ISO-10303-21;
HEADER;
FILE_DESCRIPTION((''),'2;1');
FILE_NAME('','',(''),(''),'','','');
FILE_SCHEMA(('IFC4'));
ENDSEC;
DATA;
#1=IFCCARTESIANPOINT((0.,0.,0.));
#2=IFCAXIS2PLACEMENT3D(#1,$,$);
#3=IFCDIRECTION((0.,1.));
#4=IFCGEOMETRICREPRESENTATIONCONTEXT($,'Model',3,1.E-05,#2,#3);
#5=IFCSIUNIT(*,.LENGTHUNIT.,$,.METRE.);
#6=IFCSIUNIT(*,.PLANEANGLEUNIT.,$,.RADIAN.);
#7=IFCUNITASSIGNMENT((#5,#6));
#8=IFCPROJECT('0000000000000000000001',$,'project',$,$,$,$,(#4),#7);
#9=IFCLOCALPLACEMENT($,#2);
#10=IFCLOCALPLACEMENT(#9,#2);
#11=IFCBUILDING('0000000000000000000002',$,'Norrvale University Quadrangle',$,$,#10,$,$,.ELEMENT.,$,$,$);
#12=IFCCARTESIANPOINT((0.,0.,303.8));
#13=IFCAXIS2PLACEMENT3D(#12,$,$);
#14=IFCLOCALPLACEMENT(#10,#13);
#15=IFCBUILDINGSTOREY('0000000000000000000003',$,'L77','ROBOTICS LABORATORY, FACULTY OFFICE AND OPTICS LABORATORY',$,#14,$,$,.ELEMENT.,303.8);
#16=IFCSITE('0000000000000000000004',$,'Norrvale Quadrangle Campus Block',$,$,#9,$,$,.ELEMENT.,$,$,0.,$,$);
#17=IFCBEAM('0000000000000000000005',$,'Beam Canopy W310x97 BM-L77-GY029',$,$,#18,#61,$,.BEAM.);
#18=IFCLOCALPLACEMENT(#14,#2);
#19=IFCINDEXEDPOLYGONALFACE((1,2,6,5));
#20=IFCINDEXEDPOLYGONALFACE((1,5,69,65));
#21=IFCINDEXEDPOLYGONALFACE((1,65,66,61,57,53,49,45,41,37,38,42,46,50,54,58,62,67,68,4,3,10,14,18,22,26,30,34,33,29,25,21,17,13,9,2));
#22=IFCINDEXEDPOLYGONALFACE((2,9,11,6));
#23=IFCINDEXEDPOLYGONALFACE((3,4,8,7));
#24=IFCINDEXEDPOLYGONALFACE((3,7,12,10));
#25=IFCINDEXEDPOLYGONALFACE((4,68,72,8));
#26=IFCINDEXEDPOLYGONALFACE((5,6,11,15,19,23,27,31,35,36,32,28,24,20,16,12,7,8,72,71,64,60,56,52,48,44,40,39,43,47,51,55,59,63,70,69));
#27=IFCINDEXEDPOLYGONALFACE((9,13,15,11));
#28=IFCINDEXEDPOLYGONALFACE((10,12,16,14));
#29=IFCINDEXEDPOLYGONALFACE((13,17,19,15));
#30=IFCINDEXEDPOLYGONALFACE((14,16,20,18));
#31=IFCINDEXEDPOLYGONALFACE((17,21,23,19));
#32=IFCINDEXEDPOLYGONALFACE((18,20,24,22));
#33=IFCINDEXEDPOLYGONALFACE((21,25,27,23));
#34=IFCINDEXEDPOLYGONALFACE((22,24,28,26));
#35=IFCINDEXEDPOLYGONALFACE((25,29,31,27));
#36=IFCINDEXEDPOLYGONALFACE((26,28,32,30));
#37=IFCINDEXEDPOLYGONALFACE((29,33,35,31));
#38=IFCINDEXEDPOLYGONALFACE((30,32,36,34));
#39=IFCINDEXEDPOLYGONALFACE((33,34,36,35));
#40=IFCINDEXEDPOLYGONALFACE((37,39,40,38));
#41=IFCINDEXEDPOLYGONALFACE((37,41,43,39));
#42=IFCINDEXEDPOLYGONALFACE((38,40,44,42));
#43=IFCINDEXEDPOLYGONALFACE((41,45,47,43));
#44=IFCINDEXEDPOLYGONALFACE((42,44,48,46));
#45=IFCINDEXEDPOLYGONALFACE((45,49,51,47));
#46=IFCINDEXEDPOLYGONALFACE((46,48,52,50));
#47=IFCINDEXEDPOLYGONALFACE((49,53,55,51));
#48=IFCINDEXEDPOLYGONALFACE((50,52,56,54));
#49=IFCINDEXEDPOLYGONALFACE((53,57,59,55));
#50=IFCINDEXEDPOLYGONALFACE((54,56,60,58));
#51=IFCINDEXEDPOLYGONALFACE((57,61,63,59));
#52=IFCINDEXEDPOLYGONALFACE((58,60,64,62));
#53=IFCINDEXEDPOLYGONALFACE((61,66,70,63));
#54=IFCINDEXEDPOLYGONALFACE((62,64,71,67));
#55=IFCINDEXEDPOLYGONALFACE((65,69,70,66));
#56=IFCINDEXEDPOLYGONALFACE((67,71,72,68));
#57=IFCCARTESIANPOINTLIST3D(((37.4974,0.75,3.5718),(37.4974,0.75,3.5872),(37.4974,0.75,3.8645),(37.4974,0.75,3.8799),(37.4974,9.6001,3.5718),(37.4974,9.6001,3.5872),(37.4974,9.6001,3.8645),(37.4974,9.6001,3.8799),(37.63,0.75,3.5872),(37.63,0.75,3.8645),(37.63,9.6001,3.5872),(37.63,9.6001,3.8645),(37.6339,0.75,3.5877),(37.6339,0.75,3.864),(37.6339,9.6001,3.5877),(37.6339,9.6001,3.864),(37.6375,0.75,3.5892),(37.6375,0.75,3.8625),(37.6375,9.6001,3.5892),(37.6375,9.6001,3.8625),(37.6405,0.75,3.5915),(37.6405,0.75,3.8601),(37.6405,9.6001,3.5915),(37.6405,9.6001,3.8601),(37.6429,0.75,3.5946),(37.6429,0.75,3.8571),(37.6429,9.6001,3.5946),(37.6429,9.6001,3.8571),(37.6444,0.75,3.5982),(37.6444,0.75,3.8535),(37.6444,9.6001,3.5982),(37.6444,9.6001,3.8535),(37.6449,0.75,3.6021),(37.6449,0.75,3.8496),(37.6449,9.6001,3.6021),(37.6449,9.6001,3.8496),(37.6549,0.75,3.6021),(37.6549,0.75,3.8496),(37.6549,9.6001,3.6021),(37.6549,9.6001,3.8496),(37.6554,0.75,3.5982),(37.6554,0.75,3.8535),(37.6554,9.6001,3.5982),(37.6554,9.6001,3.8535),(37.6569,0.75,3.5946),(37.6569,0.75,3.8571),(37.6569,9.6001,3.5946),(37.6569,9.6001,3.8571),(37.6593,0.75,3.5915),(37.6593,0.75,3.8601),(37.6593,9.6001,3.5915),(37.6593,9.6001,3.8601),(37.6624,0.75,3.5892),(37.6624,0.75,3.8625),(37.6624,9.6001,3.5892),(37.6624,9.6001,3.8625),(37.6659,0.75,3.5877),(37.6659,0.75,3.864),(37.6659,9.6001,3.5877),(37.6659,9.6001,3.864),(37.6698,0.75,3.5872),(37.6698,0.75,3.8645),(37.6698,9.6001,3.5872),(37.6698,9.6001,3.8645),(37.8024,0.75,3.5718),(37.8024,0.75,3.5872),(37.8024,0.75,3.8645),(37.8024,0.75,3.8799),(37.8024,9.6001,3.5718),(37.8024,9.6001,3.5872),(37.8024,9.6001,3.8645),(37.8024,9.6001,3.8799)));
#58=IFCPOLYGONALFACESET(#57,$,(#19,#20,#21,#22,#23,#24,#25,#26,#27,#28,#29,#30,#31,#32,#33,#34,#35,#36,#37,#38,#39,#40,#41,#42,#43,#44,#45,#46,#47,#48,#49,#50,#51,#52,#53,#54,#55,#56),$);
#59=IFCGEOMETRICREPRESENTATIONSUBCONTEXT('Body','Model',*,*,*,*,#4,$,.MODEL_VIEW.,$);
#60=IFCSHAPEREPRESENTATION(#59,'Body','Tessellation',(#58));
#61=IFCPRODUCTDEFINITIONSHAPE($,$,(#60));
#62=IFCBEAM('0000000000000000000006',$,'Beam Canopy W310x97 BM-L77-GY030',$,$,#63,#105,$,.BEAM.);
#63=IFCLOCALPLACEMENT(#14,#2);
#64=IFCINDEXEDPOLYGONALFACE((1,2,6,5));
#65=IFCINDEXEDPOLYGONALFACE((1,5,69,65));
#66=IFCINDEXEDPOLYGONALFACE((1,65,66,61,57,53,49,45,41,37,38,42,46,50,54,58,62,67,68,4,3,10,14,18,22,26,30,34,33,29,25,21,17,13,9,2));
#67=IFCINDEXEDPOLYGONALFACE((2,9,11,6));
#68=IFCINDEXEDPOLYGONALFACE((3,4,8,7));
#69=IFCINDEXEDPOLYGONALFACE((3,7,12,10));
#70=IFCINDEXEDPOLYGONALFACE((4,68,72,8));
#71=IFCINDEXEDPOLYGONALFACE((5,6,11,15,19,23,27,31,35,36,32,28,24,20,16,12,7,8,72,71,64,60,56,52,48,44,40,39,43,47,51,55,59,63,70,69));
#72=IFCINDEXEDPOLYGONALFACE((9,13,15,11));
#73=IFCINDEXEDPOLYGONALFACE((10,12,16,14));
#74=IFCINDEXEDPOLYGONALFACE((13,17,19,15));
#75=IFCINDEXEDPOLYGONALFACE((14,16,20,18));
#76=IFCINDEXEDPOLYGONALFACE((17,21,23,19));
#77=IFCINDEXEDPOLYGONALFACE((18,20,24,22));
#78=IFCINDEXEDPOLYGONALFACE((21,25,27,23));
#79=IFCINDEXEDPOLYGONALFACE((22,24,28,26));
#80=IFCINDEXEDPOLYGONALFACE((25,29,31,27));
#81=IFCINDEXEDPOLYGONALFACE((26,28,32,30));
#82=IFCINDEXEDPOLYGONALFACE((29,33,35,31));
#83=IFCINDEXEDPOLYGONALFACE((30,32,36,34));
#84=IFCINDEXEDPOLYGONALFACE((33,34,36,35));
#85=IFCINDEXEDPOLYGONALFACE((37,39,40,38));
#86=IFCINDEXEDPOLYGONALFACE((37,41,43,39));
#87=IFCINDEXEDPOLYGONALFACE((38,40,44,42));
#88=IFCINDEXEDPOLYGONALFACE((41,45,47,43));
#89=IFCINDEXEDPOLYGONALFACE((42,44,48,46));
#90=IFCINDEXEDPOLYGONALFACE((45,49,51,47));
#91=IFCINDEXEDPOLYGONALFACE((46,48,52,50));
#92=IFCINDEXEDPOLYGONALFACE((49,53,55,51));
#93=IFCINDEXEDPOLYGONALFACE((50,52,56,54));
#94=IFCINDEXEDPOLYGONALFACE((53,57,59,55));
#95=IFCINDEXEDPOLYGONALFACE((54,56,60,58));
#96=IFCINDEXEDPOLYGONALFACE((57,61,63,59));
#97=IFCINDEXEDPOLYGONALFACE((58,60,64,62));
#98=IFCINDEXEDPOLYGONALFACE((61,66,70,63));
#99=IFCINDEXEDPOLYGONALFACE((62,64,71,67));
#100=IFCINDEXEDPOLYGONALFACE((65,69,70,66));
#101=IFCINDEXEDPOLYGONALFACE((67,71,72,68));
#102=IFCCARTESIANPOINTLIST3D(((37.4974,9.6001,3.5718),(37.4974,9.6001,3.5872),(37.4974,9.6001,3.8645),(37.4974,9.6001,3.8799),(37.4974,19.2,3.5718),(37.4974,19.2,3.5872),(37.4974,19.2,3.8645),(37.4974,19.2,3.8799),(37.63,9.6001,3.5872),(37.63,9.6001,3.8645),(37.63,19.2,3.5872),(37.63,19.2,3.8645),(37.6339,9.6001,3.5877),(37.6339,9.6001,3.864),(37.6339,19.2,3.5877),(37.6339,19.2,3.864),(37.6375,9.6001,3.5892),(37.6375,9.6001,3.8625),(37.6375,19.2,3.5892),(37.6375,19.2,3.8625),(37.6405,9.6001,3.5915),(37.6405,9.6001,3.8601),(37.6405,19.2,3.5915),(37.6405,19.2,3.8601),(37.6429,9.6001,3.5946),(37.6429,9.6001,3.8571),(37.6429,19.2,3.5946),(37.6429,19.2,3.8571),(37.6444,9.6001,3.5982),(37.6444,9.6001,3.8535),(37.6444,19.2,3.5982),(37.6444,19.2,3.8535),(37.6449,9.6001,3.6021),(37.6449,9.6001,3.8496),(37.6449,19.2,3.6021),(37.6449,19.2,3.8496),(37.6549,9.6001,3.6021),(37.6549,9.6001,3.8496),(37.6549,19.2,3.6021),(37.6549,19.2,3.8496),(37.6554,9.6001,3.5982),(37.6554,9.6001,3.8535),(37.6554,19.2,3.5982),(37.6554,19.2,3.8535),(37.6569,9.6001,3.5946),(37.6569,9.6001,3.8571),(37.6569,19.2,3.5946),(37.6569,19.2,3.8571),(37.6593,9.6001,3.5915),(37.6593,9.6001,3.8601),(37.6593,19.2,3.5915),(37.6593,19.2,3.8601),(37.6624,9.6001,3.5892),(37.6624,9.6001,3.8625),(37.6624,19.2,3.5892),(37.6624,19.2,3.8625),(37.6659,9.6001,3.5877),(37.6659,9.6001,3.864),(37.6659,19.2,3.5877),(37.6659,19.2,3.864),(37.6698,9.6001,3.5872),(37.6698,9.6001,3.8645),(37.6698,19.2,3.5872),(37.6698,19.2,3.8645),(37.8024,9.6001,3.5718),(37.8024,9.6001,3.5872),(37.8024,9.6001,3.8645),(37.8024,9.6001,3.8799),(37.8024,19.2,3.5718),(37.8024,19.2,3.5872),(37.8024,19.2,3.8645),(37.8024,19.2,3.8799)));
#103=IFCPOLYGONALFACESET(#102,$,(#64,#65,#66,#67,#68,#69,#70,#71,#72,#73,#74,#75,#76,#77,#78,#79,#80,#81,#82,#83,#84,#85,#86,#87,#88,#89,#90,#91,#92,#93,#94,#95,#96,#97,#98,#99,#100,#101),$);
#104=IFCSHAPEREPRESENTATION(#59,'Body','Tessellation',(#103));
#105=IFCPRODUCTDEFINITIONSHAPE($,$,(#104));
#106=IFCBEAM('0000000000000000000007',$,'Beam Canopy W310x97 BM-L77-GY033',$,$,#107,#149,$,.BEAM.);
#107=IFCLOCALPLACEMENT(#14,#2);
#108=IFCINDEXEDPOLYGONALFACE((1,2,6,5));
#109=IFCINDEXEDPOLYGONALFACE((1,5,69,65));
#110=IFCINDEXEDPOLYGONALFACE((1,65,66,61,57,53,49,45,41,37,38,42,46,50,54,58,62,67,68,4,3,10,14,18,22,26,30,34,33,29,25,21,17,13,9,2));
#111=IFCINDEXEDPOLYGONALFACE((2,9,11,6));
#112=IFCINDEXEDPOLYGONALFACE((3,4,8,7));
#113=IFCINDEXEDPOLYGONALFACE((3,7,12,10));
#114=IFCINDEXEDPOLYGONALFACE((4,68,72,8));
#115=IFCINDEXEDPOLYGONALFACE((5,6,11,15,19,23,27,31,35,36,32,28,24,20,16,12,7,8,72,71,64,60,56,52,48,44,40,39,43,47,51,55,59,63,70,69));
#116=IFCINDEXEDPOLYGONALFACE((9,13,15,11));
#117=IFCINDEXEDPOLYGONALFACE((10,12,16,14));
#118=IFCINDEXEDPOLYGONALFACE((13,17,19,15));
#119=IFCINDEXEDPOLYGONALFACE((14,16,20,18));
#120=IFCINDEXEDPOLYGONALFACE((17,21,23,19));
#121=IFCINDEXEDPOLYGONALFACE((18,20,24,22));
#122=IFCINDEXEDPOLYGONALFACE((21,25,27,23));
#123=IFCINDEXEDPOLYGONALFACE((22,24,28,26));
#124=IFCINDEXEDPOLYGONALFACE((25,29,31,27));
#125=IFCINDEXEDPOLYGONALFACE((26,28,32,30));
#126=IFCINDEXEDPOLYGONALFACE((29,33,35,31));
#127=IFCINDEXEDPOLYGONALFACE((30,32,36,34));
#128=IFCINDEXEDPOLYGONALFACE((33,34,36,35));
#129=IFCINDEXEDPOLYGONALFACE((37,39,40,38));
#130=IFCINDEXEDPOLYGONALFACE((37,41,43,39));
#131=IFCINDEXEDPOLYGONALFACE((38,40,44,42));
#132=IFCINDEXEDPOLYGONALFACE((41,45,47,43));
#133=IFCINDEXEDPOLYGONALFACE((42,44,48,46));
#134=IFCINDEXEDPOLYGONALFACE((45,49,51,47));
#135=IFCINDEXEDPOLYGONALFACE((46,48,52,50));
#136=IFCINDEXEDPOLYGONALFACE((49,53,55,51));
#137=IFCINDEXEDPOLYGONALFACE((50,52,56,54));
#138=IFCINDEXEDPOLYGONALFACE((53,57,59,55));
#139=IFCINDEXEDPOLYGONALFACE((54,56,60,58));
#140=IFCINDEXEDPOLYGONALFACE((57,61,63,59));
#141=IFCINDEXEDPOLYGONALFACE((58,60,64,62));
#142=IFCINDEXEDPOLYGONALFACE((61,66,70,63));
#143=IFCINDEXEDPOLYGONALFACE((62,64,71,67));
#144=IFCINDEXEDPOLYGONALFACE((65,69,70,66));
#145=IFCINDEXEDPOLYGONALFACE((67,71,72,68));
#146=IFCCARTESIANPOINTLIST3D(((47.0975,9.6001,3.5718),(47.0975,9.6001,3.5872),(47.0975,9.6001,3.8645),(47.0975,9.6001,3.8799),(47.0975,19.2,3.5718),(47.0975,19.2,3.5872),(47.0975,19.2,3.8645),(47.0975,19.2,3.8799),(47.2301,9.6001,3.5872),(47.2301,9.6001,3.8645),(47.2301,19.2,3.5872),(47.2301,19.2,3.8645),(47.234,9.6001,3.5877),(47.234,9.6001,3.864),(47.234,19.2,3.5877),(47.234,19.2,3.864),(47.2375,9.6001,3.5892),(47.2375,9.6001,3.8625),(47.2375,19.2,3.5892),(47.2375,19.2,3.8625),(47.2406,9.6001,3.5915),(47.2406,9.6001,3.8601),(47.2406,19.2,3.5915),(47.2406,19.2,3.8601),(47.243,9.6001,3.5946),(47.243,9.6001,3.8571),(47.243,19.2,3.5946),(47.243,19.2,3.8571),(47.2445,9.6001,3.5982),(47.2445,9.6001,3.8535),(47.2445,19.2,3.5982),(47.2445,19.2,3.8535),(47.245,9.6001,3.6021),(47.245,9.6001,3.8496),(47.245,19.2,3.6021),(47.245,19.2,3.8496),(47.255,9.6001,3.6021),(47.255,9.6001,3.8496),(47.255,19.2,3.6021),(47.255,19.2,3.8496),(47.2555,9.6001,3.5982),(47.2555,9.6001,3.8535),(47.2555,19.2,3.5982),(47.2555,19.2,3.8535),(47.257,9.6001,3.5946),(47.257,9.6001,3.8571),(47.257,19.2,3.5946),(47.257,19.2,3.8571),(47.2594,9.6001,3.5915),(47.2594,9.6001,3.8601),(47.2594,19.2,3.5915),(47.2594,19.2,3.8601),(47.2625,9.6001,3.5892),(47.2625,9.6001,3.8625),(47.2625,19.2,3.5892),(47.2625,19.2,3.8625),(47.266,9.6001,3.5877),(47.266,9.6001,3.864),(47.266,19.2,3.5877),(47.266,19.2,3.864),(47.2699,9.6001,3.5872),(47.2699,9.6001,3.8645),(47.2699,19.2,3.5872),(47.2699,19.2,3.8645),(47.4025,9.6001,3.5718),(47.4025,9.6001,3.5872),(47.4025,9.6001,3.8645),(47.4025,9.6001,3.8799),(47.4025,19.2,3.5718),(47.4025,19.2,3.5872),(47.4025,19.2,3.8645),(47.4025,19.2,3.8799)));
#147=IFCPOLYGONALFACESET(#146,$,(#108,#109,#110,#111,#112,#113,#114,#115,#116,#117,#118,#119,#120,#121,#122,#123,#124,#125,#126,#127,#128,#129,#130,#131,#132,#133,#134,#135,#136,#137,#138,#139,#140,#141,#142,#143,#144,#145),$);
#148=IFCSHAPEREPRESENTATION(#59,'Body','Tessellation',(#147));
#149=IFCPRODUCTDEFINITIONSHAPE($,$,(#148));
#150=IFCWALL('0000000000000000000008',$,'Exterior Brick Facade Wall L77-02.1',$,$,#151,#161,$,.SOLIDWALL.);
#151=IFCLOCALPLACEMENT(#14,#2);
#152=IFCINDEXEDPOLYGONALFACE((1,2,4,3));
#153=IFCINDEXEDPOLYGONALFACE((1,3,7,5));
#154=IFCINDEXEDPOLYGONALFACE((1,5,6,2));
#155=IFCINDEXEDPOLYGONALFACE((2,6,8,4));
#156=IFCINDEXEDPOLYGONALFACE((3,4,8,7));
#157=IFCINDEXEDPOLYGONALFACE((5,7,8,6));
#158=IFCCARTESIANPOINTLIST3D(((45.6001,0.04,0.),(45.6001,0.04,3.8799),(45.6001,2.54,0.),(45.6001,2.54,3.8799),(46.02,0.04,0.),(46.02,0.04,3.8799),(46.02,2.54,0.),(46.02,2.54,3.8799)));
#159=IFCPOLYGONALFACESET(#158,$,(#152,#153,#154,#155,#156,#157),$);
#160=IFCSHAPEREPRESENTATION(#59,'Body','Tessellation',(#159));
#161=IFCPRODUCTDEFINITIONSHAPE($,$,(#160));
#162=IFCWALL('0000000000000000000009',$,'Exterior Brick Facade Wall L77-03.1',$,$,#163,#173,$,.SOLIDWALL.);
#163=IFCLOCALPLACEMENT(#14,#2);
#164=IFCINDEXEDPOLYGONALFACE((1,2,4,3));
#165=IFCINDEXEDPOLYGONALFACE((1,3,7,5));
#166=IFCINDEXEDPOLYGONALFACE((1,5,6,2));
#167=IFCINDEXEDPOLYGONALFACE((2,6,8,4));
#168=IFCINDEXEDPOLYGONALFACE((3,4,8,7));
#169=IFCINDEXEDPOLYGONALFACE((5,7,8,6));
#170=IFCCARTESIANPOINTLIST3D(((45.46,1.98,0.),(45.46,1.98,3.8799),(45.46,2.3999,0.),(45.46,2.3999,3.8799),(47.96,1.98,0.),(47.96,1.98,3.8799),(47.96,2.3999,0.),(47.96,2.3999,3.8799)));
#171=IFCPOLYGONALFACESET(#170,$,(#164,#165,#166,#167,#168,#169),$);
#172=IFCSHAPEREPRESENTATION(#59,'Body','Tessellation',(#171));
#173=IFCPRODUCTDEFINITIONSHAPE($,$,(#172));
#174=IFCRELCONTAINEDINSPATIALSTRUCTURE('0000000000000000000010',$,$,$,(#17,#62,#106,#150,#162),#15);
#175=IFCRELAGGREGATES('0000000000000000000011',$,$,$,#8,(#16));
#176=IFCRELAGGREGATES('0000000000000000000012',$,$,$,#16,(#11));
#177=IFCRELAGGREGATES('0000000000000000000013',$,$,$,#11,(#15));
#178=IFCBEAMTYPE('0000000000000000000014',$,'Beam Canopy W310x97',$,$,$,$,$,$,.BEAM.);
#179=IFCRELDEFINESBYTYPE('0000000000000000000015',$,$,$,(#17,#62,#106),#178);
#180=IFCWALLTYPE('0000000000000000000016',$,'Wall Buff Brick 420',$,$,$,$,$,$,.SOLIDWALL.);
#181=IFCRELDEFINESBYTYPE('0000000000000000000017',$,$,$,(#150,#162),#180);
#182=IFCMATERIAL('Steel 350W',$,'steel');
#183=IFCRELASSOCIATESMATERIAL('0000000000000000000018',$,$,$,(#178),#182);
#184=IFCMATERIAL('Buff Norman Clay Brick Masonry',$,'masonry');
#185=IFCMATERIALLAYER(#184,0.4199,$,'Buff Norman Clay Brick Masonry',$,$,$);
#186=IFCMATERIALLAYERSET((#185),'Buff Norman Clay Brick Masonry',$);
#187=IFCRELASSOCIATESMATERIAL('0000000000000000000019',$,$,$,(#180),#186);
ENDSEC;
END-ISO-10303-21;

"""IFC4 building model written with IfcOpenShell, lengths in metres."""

from ifc_helpers import new_model, si_unit, direction, frame, frame_2d, origin, origin_2d, place, context, subcontext, project, spatial, rectangle, i_section, extrude, material, layer, layer_set, material_profile, profile_set, type_object, element, save


model = new_model("IFC4")

# Units and contexts
model_context = context("Model", 3, precision=1e-05, world=origin(), true_north=direction((0.0, 1.0)))
body_context = subcontext(model_context, "Body", "Model", "MODEL_VIEW")
ifc_project = project(units=[si_unit("LENGTHUNIT", "METRE"), si_unit("PLANEANGLEUNIT", "RADIAN")], contexts=[model_context])

# Site, building, storey
site_placement = place(None, origin())
site = spatial("IfcSite", under=ifc_project, at=site_placement, Name="Norrvale Quadrangle Campus Block", CompositionType="ELEMENT", RefElevation=0.0)
building_placement = place(site_placement, origin())
building = spatial("IfcBuilding", under=site, at=building_placement, Name="Norrvale University Quadrangle", CompositionType="ELEMENT")
storey_placement = place(building_placement, frame((0.0, 0.0, 303.8)))
storey = spatial("IfcBuildingStorey", under=building, at=storey_placement, Name="L77", Description="ROBOTICS LABORATORY, FACULTY OFFICE AND OPTICS LABORATORY", CompositionType="ELEMENT", Elevation=303.8)

# Beams
ifc_material_1 = material(Name="Steel 350W", Category="steel")
ifc_material_profile_1 = material_profile(ifc_material_1, i_section(OverallWidth=0.3049, OverallDepth=0.3081, WebThickness=0.01, FlangeThickness=0.0154, FilletRadius=0.0149, at=origin_2d()), Name="Steel 350W")
ifc_profile_set_1 = profile_set([ifc_material_profile_1], Name="Steel 350W")
beam_type_1 = type_object("IfcBeamType", Name="Beam Canopy W310x97", PredefinedType="BEAM", material=ifc_profile_set_1)
beam_1_placement = place(storey_placement, frame((37.6499, 0.75, 3.7258), z_axis=(0.0, 1.0, 0.0), x_axis=(-1.0, 0.0, 0.0)))
element("IfcBeam", 1, at=beam_1_placement, inside=storey, type_object=beam_type_1, Name="Beam Canopy W310x97 BM-L77-GY029", PredefinedType="BEAM", context=body_context, shape_type="SweptSolid", body=[
    extrude(i_section(OverallWidth=0.3049, OverallDepth=0.3081, WebThickness=0.01, FlangeThickness=0.0154, FilletRadius=0.0149, at=origin_2d()), origin(), (0.0, 0.0, 1.0), 8.8501),
])
for number, where, z_axis, x_axis, name in (
    (2, (37.6499, 9.6001, 3.7258), (0.0, 1.0, 0.0), (-1.0, 0.0, 0.0), "Beam Canopy W310x97 BM-L77-GY030"),
    (3, (47.25, 9.6001, 3.7258), (0.0, 1.0, 0.0), (-1.0, 0.0, 0.0), "Beam Canopy W310x97 BM-L77-GY033"),
):
    element("IfcBeam", number, at=place(storey_placement, frame(where, z_axis=z_axis, x_axis=x_axis)), inside=storey, type_object=beam_type_1, Name=name, PredefinedType="BEAM", context=body_context, shape_type="SweptSolid", body=[
        extrude(i_section(OverallWidth=0.3049, OverallDepth=0.3081, WebThickness=0.01, FlangeThickness=0.0154, FilletRadius=0.0149, at=origin_2d()), origin(), (0.0, 0.0, 1.0), 9.5999),
    ])

# Walls
ifc_material_2 = material(Name="Buff Norman Clay Brick Masonry", Category="masonry")
ifc_layer_1 = layer(ifc_material_2, 0.4199, Name="Buff Norman Clay Brick Masonry")
ifc_layer_set_1 = layer_set([ifc_layer_1], Name="Buff Norman Clay Brick Masonry")
wall_type_1 = type_object("IfcWallType", Name="Wall Buff Brick 420", PredefinedType="SOLIDWALL", material=ifc_layer_set_1)
for number, where, z_axis, x_axis, name in (
    (4, (45.8101, 0.04, 0.0), (0.0, 0.0, 1.0), (0.0, 1.0, 0.0), "Exterior Brick Facade Wall L77-02.1"),
    (5, (45.46, 2.1899, 0.0), (0.0, 0.0, 1.0), (1.0, 0.0, 0.0), "Exterior Brick Facade Wall L77-03.1"),
):
    element("IfcWall", number, at=place(storey_placement, frame(where, z_axis=z_axis, x_axis=x_axis)), inside=storey, type_object=wall_type_1, Name=name, PredefinedType="SOLIDWALL", context=body_context, shape_type="SweptSolid", body=[
        extrude(rectangle(XDim=2.5, YDim=0.4199, at=frame_2d((1.25, 0.0))), origin(), (0.0, 0.0, 1.0), 3.8799),
    ])

save(model, "model.ifc")
